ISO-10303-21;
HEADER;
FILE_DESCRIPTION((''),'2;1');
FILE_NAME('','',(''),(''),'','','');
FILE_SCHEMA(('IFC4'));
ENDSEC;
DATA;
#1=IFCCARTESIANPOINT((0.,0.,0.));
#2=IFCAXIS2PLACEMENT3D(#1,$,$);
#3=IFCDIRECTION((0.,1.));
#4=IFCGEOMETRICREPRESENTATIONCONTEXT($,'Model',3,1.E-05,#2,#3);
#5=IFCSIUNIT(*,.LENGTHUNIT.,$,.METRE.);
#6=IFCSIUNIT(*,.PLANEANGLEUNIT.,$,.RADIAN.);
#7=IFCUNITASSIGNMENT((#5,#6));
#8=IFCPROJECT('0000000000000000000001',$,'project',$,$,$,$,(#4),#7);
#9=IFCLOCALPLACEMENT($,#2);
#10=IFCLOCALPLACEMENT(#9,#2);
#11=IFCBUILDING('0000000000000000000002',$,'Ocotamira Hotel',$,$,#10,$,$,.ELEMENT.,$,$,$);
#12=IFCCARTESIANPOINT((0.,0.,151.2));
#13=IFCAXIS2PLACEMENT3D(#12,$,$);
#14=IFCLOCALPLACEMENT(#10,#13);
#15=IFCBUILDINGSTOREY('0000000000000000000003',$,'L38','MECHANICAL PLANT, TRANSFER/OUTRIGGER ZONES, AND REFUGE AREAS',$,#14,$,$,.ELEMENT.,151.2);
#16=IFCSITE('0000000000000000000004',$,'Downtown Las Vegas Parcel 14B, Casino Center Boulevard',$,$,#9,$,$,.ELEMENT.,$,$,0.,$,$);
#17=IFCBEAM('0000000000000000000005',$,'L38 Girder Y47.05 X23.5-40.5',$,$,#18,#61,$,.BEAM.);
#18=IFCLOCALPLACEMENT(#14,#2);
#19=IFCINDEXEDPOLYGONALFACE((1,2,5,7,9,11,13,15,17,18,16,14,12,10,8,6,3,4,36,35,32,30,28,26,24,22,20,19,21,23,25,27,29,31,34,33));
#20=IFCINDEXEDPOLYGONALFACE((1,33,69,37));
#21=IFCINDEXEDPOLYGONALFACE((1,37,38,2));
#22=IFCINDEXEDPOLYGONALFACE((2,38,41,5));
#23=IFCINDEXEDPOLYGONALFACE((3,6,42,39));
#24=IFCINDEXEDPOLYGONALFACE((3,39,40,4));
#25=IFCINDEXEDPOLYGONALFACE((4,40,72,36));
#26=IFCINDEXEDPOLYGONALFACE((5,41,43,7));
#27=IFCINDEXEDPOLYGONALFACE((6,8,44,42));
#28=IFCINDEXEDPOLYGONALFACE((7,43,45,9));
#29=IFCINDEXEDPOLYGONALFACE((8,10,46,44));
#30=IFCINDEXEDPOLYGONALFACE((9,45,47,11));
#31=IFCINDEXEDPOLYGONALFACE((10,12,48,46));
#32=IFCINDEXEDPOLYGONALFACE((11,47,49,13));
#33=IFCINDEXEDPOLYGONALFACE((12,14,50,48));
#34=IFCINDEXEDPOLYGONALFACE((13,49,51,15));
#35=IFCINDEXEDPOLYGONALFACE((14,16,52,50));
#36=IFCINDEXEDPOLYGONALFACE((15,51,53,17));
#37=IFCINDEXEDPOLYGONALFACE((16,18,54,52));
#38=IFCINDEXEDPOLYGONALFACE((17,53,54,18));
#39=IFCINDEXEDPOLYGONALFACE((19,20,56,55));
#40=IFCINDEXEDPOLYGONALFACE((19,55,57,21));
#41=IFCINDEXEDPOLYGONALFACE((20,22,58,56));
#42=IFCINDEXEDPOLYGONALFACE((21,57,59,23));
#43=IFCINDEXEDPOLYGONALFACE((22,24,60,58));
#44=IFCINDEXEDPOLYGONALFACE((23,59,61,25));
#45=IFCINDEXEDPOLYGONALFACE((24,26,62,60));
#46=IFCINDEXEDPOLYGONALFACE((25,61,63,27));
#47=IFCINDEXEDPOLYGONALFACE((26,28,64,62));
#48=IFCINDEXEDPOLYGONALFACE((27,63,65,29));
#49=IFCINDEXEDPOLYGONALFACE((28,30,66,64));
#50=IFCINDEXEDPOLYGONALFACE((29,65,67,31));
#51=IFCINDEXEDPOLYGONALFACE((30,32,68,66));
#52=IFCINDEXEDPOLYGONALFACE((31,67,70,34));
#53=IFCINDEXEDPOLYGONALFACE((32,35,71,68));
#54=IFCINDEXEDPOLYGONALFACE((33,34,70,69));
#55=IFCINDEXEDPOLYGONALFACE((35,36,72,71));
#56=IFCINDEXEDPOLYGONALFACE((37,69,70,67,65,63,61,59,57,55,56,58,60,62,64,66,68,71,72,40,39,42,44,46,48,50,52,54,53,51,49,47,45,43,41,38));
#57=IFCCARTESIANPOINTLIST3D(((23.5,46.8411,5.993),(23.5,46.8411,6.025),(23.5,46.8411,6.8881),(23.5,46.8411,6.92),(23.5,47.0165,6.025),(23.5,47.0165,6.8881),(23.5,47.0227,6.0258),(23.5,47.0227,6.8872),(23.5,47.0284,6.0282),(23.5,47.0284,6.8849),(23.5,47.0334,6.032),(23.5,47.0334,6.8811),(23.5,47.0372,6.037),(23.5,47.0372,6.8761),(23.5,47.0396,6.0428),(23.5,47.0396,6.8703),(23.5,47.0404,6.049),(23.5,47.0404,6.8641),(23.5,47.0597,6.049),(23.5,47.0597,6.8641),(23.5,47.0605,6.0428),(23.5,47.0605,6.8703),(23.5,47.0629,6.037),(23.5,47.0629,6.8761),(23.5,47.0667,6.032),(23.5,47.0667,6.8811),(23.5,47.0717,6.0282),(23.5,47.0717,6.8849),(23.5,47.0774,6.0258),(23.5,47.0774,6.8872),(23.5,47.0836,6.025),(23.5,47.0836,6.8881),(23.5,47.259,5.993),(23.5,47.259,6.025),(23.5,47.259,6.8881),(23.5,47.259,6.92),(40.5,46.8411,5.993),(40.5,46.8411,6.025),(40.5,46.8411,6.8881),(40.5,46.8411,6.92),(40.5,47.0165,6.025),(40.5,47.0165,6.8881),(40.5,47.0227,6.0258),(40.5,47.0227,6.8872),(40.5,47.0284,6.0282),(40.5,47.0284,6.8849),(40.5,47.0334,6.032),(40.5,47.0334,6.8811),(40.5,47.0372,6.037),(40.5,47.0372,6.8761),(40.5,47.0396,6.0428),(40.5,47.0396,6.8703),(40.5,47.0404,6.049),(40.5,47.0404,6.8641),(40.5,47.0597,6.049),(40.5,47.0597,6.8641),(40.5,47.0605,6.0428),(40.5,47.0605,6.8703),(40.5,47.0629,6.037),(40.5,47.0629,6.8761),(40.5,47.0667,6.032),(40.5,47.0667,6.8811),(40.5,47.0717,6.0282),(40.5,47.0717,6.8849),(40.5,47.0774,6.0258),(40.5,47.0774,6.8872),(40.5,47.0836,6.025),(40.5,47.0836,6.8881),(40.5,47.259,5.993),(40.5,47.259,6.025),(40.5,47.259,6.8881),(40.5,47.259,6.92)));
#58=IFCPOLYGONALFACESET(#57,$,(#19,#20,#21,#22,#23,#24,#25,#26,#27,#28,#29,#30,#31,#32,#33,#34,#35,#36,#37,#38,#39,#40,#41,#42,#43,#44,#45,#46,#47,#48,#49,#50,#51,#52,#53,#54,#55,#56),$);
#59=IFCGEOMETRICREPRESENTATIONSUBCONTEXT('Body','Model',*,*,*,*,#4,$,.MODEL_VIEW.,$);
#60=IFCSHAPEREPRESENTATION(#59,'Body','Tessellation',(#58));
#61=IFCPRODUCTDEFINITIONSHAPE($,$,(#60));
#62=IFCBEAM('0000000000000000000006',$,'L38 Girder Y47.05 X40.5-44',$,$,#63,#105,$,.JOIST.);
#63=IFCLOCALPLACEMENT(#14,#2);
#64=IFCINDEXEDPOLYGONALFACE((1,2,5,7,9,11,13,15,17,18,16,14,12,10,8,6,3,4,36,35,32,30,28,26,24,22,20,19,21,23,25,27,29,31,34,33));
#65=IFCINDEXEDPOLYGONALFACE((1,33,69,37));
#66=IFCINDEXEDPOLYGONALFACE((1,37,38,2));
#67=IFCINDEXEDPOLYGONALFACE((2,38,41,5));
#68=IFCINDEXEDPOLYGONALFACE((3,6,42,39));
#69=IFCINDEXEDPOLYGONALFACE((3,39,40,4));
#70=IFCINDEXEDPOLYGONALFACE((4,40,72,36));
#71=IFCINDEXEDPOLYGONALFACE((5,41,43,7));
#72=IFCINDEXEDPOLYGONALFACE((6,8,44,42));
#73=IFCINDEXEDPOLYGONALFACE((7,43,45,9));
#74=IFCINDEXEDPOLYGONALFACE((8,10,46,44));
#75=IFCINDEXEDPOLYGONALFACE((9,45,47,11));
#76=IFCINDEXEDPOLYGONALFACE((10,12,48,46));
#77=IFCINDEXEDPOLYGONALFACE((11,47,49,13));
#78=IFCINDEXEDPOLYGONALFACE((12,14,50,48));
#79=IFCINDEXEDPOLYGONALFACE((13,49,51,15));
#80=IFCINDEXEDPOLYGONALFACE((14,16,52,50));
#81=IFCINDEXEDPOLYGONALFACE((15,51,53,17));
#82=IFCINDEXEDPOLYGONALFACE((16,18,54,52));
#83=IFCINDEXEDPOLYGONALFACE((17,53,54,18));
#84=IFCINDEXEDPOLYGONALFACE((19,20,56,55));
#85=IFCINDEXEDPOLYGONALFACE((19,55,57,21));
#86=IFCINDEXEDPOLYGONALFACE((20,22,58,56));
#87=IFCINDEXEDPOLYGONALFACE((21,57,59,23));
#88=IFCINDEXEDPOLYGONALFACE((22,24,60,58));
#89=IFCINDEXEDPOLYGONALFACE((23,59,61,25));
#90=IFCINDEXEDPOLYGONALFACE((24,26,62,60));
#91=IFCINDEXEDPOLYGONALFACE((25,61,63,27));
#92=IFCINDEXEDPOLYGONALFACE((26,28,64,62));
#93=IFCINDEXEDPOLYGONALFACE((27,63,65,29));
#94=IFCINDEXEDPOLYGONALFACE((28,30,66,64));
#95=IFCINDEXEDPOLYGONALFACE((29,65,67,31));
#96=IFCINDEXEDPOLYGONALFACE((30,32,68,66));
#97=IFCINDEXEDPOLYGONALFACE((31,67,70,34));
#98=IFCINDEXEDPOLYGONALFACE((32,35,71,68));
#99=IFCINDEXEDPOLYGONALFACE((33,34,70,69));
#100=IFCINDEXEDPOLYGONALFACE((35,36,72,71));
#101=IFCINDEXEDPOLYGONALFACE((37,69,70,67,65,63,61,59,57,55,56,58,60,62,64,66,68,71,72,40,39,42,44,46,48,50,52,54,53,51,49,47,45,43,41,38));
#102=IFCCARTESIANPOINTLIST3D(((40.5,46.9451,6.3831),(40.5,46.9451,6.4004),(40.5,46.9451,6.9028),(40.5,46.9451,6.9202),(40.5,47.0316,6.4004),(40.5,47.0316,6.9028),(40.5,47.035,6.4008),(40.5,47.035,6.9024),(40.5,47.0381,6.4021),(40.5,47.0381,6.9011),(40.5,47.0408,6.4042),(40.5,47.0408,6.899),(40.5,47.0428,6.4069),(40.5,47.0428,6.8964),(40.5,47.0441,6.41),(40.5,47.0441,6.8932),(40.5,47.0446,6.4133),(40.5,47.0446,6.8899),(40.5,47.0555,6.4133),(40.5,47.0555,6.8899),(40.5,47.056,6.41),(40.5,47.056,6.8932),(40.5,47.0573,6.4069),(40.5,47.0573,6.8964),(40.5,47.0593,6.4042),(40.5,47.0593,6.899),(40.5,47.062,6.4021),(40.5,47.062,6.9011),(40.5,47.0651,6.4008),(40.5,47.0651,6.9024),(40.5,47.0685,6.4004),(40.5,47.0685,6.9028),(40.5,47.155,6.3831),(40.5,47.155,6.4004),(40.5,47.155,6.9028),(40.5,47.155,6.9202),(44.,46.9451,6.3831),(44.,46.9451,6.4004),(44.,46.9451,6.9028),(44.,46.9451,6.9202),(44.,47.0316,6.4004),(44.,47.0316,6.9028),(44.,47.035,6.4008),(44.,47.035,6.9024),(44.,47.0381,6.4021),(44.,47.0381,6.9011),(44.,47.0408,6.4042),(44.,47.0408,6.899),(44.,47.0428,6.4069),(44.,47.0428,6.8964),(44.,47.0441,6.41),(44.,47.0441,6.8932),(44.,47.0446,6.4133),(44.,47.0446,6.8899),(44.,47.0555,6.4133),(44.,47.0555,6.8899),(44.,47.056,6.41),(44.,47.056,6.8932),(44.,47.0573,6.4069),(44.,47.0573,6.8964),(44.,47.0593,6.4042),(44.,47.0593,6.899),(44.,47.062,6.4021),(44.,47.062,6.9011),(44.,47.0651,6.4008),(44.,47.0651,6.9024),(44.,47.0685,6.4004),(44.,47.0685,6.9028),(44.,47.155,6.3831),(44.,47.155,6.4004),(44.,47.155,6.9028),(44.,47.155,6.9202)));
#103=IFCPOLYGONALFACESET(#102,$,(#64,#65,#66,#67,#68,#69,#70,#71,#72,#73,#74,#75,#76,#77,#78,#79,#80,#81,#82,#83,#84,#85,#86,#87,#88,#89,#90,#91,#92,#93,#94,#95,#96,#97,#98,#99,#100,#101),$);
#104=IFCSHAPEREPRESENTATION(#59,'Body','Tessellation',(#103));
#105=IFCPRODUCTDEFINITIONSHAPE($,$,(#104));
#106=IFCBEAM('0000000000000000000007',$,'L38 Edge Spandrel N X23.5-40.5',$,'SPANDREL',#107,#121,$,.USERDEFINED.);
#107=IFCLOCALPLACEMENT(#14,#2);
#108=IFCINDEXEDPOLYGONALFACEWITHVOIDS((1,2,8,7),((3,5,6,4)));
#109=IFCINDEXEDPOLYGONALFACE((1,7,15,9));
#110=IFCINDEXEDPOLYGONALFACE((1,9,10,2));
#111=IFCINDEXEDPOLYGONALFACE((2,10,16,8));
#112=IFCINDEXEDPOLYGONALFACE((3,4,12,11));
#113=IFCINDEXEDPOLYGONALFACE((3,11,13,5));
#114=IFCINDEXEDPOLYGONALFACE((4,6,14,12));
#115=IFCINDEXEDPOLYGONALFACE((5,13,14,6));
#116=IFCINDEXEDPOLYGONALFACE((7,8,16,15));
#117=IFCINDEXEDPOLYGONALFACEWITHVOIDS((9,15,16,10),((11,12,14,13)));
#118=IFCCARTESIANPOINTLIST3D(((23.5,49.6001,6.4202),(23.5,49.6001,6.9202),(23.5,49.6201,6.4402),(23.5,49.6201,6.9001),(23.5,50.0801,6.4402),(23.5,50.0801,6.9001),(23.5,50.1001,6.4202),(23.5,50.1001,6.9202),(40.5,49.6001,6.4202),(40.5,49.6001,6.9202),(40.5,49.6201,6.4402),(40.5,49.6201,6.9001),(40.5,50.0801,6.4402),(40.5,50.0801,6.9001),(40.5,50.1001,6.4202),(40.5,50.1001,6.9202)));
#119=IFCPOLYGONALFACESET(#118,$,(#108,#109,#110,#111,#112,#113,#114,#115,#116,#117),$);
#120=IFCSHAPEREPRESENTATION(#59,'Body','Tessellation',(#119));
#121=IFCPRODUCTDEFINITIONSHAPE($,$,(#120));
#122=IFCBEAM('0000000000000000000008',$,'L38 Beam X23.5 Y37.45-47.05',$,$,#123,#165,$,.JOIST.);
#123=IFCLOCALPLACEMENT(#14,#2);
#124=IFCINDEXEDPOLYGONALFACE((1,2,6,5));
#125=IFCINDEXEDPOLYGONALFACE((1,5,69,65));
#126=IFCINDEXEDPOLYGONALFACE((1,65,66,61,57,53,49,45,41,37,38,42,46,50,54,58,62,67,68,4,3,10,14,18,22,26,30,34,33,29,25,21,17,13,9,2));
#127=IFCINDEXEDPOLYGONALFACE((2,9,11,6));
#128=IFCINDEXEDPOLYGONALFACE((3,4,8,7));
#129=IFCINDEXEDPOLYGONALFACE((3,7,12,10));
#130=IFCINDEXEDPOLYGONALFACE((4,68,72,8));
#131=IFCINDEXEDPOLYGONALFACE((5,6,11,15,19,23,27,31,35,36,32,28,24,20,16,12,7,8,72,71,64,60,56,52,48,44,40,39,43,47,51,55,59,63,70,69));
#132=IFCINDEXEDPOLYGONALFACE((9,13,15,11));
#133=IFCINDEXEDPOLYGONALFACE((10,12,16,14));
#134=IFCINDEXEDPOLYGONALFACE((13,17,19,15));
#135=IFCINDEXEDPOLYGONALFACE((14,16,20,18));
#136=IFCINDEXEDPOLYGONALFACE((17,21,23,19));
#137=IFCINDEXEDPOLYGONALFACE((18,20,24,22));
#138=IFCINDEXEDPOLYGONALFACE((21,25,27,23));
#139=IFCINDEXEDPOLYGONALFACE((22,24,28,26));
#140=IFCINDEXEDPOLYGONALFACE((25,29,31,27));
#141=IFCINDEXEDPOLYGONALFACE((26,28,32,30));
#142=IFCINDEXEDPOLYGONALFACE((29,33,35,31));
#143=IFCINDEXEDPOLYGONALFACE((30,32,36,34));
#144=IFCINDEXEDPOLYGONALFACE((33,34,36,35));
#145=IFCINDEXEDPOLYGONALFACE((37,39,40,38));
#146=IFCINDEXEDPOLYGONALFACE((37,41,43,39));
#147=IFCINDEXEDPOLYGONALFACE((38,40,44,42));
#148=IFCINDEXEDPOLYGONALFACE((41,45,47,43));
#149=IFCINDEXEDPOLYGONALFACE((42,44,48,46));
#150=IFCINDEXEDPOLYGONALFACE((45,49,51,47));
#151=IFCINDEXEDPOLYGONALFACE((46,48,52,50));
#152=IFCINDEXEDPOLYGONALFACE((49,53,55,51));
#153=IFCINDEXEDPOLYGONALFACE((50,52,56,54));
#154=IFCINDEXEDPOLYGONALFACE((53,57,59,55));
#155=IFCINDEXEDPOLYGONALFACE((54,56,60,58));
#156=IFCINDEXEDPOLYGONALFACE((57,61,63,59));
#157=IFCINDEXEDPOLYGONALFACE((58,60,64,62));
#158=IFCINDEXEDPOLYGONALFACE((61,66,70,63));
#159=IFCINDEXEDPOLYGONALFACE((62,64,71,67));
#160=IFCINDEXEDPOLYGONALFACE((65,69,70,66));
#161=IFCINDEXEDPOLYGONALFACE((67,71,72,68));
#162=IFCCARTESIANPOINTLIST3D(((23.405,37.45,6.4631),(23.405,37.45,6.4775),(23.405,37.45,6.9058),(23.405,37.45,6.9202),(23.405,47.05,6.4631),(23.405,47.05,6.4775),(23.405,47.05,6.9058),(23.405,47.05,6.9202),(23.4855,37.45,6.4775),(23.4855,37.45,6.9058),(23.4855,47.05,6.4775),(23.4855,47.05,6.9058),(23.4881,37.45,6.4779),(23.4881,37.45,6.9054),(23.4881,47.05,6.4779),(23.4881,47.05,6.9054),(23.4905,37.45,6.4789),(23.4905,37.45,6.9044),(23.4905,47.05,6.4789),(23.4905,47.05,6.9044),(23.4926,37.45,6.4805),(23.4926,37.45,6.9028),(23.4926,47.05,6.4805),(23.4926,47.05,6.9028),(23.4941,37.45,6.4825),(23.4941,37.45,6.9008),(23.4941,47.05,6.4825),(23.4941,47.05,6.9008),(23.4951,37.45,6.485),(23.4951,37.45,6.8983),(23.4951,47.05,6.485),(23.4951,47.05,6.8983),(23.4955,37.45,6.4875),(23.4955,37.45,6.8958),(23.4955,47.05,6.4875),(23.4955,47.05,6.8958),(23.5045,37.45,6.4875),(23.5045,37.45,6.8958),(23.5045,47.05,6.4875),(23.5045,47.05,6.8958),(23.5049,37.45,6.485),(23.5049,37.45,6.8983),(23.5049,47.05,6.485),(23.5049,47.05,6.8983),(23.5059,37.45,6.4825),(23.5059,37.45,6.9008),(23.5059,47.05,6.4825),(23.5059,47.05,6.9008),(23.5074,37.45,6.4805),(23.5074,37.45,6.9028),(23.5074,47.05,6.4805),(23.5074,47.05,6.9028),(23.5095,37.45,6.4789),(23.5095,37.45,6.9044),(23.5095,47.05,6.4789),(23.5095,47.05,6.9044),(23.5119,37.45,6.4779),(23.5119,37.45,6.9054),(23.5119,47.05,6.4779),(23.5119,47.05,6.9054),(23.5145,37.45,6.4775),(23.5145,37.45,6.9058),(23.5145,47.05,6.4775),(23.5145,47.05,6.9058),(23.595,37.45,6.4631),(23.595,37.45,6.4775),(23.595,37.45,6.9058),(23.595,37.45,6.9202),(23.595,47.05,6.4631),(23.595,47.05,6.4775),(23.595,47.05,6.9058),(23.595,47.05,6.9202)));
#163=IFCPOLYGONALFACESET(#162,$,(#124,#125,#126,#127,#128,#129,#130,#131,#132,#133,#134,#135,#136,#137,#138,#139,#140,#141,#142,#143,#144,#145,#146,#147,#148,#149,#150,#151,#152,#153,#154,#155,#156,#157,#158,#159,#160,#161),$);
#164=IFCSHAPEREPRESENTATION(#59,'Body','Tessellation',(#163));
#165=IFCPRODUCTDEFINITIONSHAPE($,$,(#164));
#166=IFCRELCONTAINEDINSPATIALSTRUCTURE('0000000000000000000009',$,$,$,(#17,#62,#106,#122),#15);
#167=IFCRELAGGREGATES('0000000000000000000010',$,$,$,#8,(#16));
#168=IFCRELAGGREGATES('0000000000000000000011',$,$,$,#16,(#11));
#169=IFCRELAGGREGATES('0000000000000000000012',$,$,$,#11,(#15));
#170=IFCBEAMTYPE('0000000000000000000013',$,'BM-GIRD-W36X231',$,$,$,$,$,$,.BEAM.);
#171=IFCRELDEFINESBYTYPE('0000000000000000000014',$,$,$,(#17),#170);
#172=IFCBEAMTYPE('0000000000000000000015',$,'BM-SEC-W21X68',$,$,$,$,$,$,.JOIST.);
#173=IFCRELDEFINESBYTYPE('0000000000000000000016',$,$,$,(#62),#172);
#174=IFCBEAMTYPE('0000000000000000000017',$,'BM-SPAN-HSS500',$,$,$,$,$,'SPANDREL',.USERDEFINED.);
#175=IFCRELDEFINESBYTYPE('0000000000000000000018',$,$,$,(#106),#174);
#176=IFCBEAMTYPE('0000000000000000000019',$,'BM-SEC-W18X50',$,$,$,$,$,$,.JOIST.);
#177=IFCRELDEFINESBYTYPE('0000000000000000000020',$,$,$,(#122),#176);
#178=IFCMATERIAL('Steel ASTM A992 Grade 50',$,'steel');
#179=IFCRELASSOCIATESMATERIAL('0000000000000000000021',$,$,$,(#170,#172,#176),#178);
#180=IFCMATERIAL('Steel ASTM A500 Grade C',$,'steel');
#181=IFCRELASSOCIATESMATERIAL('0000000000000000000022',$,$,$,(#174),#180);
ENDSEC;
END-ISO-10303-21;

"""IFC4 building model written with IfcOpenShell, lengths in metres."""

from ifc_helpers import new_model, si_unit, direction, frame, origin, origin_2d, place, context, subcontext, project, spatial, hollow_rectangle, i_section, extrude, source, transform, mapped, material, material_profile, profile_set, type_object, element, save


model = new_model("IFC4")

# Units and contexts
model_context = context("Model", 3, precision=1e-05, world=origin(), true_north=direction((0.0, 1.0)))
body_context = subcontext(model_context, "Body", "Model", "MODEL_VIEW")
ifc_project = project(units=[si_unit("LENGTHUNIT", "METRE"), si_unit("PLANEANGLEUNIT", "RADIAN")], contexts=[model_context])

# Site, building, storey
site_placement = place(None, origin())
site = spatial("IfcSite", under=ifc_project, at=site_placement, Name="Downtown Las Vegas Parcel 14B, Casino Center Boulevard", CompositionType="ELEMENT", RefElevation=0.0)
building_placement = place(site_placement, origin())
building = spatial("IfcBuilding", under=site, at=building_placement, Name="Ocotamira Hotel", CompositionType="ELEMENT")
storey_placement = place(building_placement, frame((0.0, 0.0, 151.2)))
storey = spatial("IfcBuildingStorey", under=building, at=storey_placement, Name="L38", Description="MECHANICAL PLANT, TRANSFER/OUTRIGGER ZONES, AND REFUGE AREAS", CompositionType="ELEMENT", Elevation=151.2)

# Beams
ifc_material_1 = material(Name="Steel ASTM A992 Grade 50", Category="steel")
ifc_material_profile_1 = material_profile(ifc_material_1, i_section(OverallWidth=0.418, OverallDepth=0.927, WebThickness=0.0193, FlangeThickness=0.032, FilletRadius=0.0239, at=origin_2d()), Name="W36X231")
ifc_profile_set_1 = profile_set([ifc_material_profile_1], Name="Steel ASTM A992 Grade 50")
beam_type_1 = type_object("IfcBeamType", Name="BM-GIRD-W36X231", PredefinedType="BEAM", material=ifc_profile_set_1)
shared_shape_1 = source(origin(), body_context, "Body", "SweptSolid", [
    extrude(i_section(OverallWidth=0.418, OverallDepth=0.927, WebThickness=0.0193, FlangeThickness=0.032, FilletRadius=0.0239, at=origin_2d()), origin(), (0.0, 0.0, 1.0), 17.0),
])
beam_1_placement = place(storey_placement, frame((23.5, 47.05, 6.4565), z_axis=(1.0, 0.0, 0.0), x_axis=(0.0, 1.0, 0.0)))
element("IfcBeam", 1, at=beam_1_placement, inside=storey, type_object=beam_type_1, Name="L38 Girder Y47.05 X23.5-40.5", PredefinedType="BEAM", context=body_context, shape_type="MappedRepresentation", body=[
    mapped(shared_shape_1, transform((0.0, 0.0, 0.0), scale=1.0)),
])
ifc_material_profile_2 = material_profile(ifc_material_1, i_section(OverallWidth=0.21, OverallDepth=0.5371, WebThickness=0.011, FlangeThickness=0.0173, FilletRadius=0.0129, at=origin_2d()), Name="W21X68")
ifc_profile_set_2 = profile_set([ifc_material_profile_2], Name="Steel ASTM A992 Grade 50")
beam_type_2 = type_object("IfcBeamType", Name="BM-SEC-W21X68", PredefinedType="JOIST", material=ifc_profile_set_2)
shared_shape_2 = source(origin(), body_context, "Body", "SweptSolid", [
    extrude(i_section(OverallWidth=0.21, OverallDepth=0.5371, WebThickness=0.011, FlangeThickness=0.0173, FilletRadius=0.0129, at=origin_2d()), origin(), (0.0, 0.0, 1.0), 3.5),
])
beam_2_placement = place(storey_placement, frame((40.5, 47.05, 6.6516), z_axis=(1.0, 0.0, 0.0), x_axis=(0.0, 1.0, 0.0)))
element("IfcBeam", 2, at=beam_2_placement, inside=storey, type_object=beam_type_2, Name="L38 Girder Y47.05 X40.5-44", PredefinedType="JOIST", context=body_context, shape_type="MappedRepresentation", body=[
    mapped(shared_shape_2, transform((0.0, 0.0, 0.0), scale=1.0)),
])
ifc_material_2 = material(Name="Steel ASTM A500 Grade C", Category="steel")
ifc_material_profile_3 = material_profile(ifc_material_2, hollow_rectangle(XDim=0.5, YDim=0.5, WallThickness=0.02, at=origin_2d()), Name="HSS500X500X20")
ifc_profile_set_3 = profile_set([ifc_material_profile_3], Name="Steel ASTM A500 Grade C")
beam_type_3 = type_object("IfcBeamType", Name="BM-SPAN-HSS500", ElementType="SPANDREL", PredefinedType="USERDEFINED", material=ifc_profile_set_3)
shared_shape_3 = source(origin(), body_context, "Body", "SweptSolid", [
    extrude(hollow_rectangle(XDim=0.5, YDim=0.5, WallThickness=0.02, at=origin_2d()), origin(), (0.0, 0.0, 1.0), 17.0),
])
beam_3_placement = place(storey_placement, frame((23.5, 49.8501, 6.6702), z_axis=(1.0, 0.0, 0.0), x_axis=(0.0, 1.0, 0.0)))
element("IfcBeam", 3, at=beam_3_placement, inside=storey, type_object=beam_type_3, Name="L38 Edge Spandrel N X23.5-40.5", ObjectType="SPANDREL", PredefinedType="USERDEFINED", context=body_context, shape_type="MappedRepresentation", body=[
    mapped(shared_shape_3, transform((0.0, 0.0, 0.0), scale=1.0)),
])
ifc_material_profile_4 = material_profile(ifc_material_1, i_section(OverallWidth=0.1899, OverallDepth=0.457, WebThickness=0.009, FlangeThickness=0.0144, FilletRadius=0.01, at=origin_2d()), Name="W18X50")
ifc_profile_set_4 = profile_set([ifc_material_profile_4], Name="Steel ASTM A992 Grade 50")
beam_type_4 = type_object("IfcBeamType", Name="BM-SEC-W18X50", PredefinedType="JOIST", material=ifc_profile_set_4)
shared_shape_4 = source(origin(), body_context, "Body", "SweptSolid", [
    extrude(i_section(OverallWidth=0.1899, OverallDepth=0.457, WebThickness=0.009, FlangeThickness=0.0144, FilletRadius=0.01, at=origin_2d()), origin(), (0.0, 0.0, 1.0), 9.6001),
])
for number, where, z_axis, x_axis, name in (
    (4, (23.5, 37.45, 6.6917), (0.0, 1.0, 0.0), (-1.0, 0.0, 0.0), "L38 Beam X23.5 Y37.45-47.05"),
):
    element("IfcBeam", number, at=place(storey_placement, frame(where, z_axis=z_axis, x_axis=x_axis)), inside=storey, type_object=beam_type_4, Name=name, PredefinedType="JOIST", context=body_context, shape_type="MappedRepresentation", body=[
        mapped(shared_shape_4, transform((0.0, 0.0, 0.0), scale=1.0)),
    ])

save(model, "model.ifc")
